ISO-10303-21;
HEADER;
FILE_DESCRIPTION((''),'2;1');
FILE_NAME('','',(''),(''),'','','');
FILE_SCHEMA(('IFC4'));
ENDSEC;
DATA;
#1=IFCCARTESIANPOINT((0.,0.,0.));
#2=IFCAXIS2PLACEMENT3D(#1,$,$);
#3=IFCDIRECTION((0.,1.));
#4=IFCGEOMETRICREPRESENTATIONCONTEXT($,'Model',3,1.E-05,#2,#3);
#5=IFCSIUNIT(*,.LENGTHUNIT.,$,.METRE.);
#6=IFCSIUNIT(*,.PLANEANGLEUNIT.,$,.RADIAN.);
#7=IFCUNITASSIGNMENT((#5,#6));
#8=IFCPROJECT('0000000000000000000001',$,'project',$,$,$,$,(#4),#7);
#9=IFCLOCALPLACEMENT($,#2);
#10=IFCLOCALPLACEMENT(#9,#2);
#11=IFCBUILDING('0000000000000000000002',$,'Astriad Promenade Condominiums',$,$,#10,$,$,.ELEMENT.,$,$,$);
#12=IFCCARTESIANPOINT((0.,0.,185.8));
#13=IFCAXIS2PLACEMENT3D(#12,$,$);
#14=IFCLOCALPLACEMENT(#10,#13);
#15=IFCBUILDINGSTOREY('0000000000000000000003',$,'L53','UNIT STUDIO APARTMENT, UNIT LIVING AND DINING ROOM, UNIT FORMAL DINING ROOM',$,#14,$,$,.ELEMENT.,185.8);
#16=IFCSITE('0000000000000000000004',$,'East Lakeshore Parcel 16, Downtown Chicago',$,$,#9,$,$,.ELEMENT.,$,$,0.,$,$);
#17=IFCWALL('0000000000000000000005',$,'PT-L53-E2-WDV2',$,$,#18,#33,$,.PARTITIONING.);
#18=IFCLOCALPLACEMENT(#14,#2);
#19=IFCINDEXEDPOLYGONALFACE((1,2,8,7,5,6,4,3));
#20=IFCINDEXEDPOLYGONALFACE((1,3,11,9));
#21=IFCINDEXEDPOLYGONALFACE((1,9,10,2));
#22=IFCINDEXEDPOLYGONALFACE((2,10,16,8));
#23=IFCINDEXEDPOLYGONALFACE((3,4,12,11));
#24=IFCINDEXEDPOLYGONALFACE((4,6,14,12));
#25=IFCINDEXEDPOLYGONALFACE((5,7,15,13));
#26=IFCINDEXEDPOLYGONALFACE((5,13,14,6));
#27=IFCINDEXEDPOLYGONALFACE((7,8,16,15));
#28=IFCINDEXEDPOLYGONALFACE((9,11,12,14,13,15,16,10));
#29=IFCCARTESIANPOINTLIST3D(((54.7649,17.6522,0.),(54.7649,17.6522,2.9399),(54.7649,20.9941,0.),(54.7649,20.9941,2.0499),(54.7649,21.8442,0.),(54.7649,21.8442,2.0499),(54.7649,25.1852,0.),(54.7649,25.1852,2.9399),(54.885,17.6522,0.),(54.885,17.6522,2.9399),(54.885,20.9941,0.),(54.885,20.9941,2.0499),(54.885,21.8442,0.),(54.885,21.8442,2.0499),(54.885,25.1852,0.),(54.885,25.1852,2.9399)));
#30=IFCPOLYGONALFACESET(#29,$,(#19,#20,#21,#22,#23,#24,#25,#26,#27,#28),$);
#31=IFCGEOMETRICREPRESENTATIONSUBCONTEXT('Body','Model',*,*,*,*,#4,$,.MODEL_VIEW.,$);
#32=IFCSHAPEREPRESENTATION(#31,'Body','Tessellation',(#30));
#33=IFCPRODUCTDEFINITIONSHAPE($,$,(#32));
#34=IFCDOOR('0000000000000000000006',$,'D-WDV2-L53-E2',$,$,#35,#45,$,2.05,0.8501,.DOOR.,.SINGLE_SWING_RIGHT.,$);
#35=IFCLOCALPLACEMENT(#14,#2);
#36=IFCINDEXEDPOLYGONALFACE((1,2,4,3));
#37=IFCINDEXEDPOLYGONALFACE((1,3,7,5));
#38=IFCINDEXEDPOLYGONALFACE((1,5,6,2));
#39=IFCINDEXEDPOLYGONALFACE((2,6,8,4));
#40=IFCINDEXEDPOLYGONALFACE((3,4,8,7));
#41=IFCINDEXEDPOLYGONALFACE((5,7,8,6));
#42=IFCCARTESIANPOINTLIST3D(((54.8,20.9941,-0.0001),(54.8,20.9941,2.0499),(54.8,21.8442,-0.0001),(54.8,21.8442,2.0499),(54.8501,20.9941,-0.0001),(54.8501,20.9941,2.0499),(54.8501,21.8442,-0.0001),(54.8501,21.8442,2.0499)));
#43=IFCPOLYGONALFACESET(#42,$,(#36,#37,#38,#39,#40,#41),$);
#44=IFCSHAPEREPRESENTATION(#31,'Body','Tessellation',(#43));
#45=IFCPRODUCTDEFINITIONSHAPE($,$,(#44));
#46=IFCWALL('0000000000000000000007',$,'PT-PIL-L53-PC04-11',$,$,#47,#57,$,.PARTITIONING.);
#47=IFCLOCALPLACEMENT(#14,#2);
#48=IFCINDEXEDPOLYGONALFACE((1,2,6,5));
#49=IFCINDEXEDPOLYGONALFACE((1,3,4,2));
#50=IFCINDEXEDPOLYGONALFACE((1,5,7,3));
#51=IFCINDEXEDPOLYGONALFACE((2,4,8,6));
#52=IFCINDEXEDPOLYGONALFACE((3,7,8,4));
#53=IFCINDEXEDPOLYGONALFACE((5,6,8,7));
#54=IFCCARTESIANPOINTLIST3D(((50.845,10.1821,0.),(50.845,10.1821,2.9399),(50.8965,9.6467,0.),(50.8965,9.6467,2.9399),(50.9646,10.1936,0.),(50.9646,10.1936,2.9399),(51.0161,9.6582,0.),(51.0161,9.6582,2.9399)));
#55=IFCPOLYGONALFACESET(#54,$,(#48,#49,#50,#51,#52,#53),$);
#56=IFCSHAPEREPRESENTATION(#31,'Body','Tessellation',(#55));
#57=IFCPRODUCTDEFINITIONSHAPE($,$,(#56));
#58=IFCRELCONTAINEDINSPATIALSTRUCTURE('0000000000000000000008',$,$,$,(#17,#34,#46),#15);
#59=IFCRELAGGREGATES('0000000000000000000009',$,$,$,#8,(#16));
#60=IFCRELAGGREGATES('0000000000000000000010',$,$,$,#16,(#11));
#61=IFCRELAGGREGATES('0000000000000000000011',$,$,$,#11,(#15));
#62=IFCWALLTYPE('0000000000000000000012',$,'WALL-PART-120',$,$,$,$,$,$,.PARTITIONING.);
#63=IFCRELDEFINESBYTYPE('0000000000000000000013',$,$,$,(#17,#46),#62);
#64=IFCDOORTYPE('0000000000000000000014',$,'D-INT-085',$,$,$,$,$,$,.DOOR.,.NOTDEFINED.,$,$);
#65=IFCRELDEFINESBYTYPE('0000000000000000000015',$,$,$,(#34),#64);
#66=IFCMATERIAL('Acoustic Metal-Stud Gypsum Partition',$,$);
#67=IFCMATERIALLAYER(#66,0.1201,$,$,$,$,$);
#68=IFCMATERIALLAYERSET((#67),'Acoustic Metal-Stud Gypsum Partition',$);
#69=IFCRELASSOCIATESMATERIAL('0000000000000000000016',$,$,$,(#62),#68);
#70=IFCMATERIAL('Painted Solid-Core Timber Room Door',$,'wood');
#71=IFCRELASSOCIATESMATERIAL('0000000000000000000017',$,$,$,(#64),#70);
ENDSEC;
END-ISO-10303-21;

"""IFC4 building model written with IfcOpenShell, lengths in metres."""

from ifc_helpers import new_model, si_unit, direction, frame, frame_2d, origin, place, context, subcontext, project, spatial, rectangle, extrude, source, transform, mapped, material, layer, layer_set, type_object, type_shapes, element, fill, save


model = new_model("IFC4")

# Units and contexts
model_context = context("Model", 3, precision=1e-05, world=origin(), true_north=direction((0.0, 1.0)))
body_context = subcontext(model_context, "Body", "Model", "MODEL_VIEW")
ifc_project = project(units=[si_unit("LENGTHUNIT", "METRE"), si_unit("PLANEANGLEUNIT", "RADIAN")], contexts=[model_context])

# Site, building, storey
site_placement = place(None, origin())
site = spatial("IfcSite", under=ifc_project, at=site_placement, Name="East Lakeshore Parcel 16, Downtown Chicago", CompositionType="ELEMENT", RefElevation=0.0)
building_placement = place(site_placement, origin())
building = spatial("IfcBuilding", under=site, at=building_placement, Name="Astriad Promenade Condominiums", CompositionType="ELEMENT")
storey_placement = place(building_placement, frame((0.0, 0.0, 185.8)))
storey = spatial("IfcBuildingStorey", under=building, at=storey_placement, Name="L53", Description="UNIT STUDIO APARTMENT, UNIT LIVING AND DINING ROOM, UNIT FORMAL DINING ROOM", CompositionType="ELEMENT", Elevation=185.8)

# Shared definitions
ifc_material_1 = material(Name="Acoustic Metal-Stud Gypsum Partition")
ifc_layer_1 = layer(ifc_material_1, 0.1201)
ifc_layer_set_1 = layer_set([ifc_layer_1], Name="Acoustic Metal-Stud Gypsum Partition")
wall_type_1 = type_object("IfcWallType", Name="WALL-PART-120", PredefinedType="PARTITIONING", material=ifc_layer_set_1)
ifc_material_2 = material(Name="Painted Solid-Core Timber Room Door", Category="wood")
door_type_1 = type_object("IfcDoorType", Name="D-INT-085", OperationType="NOTDEFINED", PredefinedType="DOOR", material=ifc_material_2)
shared_shape_1 = source(origin(), body_context, "Body", "SweptSolid", [
    extrude(rectangle(XDim=0.8501, YDim=2.05, at=frame_2d((0.425, 1.0249))), frame((0.0, 0.0249, 0.0), z_axis=(0.0, -1.0, 0.0), x_axis=(1.0, 0.0, 0.0)), (0.0, 0.0, 1.0), 0.05),
])
type_shapes(door_type_1, [shared_shape_1])

# Wall, opening, door
wall_1_placement = place(storey_placement, frame((54.825, 17.6521, 0.0), z_axis=(0.0, 0.0, 1.0), x_axis=(0.0, 1.0, 0.0)))
wall_1 = element("IfcWall", 1, at=wall_1_placement, inside=storey, type_object=wall_type_1, Name="PT-L53-E2-WDV2", PredefinedType="PARTITIONING", context=body_context, shape_type="SweptSolid", body=[
    extrude(rectangle(XDim=7.533, YDim=0.1201, at=frame_2d((3.7666, 0.0))), origin(), (0.0, 0.0, 1.0), 2.9399),
])
opening_1_placement = place(wall_1_placement, frame((3.342, 0.0, 0.0)))
opening_1 = element("IfcOpeningElement", 2, at=opening_1_placement, cuts=wall_1, PredefinedType="OPENING", context=body_context, shape_type="SweptSolid", body=[
    extrude(rectangle(XDim=0.8501, YDim=2.05, at=frame_2d((0.425, 1.0249))), frame((0.0, 0.0701, 0.0), z_axis=(0.0, -1.0, 0.0), x_axis=(1.0, 0.0, 0.0)), (0.0, 0.0, 1.0), 0.1401),
])
door_1_placement = place(opening_1_placement, origin())
door_1 = element("IfcDoor", 3, at=door_1_placement, inside=storey, type_object=door_type_1, Name="D-WDV2-L53-E2", OperationType="SINGLE_SWING_RIGHT", OverallHeight=2.05, OverallWidth=0.8501, PredefinedType="DOOR", context=body_context, shape_type="MappedRepresentation", body=[
    mapped(shared_shape_1, transform((0.0, 0.0, 0.0), scale=1.0)),
])
fill(opening_1, door_1)

# Wall
wall_2_placement = place(storey_placement, frame((50.9048, 10.188, 0.0), z_axis=(0.0, 0.0, 1.0), x_axis=(0.095773, -0.995403, 0.0)))
element("IfcWall", 4, at=wall_2_placement, inside=storey, type_object=wall_type_1, Name="PT-PIL-L53-PC04-11", PredefinedType="PARTITIONING", context=body_context, shape_type="SweptSolid", body=[
    extrude(rectangle(XDim=0.5378, YDim=0.1201, at=frame_2d((0.269, 0.0))), origin(), (0.0, 0.0, 1.0), 2.9399),
])

save(model, "model.ifc")
